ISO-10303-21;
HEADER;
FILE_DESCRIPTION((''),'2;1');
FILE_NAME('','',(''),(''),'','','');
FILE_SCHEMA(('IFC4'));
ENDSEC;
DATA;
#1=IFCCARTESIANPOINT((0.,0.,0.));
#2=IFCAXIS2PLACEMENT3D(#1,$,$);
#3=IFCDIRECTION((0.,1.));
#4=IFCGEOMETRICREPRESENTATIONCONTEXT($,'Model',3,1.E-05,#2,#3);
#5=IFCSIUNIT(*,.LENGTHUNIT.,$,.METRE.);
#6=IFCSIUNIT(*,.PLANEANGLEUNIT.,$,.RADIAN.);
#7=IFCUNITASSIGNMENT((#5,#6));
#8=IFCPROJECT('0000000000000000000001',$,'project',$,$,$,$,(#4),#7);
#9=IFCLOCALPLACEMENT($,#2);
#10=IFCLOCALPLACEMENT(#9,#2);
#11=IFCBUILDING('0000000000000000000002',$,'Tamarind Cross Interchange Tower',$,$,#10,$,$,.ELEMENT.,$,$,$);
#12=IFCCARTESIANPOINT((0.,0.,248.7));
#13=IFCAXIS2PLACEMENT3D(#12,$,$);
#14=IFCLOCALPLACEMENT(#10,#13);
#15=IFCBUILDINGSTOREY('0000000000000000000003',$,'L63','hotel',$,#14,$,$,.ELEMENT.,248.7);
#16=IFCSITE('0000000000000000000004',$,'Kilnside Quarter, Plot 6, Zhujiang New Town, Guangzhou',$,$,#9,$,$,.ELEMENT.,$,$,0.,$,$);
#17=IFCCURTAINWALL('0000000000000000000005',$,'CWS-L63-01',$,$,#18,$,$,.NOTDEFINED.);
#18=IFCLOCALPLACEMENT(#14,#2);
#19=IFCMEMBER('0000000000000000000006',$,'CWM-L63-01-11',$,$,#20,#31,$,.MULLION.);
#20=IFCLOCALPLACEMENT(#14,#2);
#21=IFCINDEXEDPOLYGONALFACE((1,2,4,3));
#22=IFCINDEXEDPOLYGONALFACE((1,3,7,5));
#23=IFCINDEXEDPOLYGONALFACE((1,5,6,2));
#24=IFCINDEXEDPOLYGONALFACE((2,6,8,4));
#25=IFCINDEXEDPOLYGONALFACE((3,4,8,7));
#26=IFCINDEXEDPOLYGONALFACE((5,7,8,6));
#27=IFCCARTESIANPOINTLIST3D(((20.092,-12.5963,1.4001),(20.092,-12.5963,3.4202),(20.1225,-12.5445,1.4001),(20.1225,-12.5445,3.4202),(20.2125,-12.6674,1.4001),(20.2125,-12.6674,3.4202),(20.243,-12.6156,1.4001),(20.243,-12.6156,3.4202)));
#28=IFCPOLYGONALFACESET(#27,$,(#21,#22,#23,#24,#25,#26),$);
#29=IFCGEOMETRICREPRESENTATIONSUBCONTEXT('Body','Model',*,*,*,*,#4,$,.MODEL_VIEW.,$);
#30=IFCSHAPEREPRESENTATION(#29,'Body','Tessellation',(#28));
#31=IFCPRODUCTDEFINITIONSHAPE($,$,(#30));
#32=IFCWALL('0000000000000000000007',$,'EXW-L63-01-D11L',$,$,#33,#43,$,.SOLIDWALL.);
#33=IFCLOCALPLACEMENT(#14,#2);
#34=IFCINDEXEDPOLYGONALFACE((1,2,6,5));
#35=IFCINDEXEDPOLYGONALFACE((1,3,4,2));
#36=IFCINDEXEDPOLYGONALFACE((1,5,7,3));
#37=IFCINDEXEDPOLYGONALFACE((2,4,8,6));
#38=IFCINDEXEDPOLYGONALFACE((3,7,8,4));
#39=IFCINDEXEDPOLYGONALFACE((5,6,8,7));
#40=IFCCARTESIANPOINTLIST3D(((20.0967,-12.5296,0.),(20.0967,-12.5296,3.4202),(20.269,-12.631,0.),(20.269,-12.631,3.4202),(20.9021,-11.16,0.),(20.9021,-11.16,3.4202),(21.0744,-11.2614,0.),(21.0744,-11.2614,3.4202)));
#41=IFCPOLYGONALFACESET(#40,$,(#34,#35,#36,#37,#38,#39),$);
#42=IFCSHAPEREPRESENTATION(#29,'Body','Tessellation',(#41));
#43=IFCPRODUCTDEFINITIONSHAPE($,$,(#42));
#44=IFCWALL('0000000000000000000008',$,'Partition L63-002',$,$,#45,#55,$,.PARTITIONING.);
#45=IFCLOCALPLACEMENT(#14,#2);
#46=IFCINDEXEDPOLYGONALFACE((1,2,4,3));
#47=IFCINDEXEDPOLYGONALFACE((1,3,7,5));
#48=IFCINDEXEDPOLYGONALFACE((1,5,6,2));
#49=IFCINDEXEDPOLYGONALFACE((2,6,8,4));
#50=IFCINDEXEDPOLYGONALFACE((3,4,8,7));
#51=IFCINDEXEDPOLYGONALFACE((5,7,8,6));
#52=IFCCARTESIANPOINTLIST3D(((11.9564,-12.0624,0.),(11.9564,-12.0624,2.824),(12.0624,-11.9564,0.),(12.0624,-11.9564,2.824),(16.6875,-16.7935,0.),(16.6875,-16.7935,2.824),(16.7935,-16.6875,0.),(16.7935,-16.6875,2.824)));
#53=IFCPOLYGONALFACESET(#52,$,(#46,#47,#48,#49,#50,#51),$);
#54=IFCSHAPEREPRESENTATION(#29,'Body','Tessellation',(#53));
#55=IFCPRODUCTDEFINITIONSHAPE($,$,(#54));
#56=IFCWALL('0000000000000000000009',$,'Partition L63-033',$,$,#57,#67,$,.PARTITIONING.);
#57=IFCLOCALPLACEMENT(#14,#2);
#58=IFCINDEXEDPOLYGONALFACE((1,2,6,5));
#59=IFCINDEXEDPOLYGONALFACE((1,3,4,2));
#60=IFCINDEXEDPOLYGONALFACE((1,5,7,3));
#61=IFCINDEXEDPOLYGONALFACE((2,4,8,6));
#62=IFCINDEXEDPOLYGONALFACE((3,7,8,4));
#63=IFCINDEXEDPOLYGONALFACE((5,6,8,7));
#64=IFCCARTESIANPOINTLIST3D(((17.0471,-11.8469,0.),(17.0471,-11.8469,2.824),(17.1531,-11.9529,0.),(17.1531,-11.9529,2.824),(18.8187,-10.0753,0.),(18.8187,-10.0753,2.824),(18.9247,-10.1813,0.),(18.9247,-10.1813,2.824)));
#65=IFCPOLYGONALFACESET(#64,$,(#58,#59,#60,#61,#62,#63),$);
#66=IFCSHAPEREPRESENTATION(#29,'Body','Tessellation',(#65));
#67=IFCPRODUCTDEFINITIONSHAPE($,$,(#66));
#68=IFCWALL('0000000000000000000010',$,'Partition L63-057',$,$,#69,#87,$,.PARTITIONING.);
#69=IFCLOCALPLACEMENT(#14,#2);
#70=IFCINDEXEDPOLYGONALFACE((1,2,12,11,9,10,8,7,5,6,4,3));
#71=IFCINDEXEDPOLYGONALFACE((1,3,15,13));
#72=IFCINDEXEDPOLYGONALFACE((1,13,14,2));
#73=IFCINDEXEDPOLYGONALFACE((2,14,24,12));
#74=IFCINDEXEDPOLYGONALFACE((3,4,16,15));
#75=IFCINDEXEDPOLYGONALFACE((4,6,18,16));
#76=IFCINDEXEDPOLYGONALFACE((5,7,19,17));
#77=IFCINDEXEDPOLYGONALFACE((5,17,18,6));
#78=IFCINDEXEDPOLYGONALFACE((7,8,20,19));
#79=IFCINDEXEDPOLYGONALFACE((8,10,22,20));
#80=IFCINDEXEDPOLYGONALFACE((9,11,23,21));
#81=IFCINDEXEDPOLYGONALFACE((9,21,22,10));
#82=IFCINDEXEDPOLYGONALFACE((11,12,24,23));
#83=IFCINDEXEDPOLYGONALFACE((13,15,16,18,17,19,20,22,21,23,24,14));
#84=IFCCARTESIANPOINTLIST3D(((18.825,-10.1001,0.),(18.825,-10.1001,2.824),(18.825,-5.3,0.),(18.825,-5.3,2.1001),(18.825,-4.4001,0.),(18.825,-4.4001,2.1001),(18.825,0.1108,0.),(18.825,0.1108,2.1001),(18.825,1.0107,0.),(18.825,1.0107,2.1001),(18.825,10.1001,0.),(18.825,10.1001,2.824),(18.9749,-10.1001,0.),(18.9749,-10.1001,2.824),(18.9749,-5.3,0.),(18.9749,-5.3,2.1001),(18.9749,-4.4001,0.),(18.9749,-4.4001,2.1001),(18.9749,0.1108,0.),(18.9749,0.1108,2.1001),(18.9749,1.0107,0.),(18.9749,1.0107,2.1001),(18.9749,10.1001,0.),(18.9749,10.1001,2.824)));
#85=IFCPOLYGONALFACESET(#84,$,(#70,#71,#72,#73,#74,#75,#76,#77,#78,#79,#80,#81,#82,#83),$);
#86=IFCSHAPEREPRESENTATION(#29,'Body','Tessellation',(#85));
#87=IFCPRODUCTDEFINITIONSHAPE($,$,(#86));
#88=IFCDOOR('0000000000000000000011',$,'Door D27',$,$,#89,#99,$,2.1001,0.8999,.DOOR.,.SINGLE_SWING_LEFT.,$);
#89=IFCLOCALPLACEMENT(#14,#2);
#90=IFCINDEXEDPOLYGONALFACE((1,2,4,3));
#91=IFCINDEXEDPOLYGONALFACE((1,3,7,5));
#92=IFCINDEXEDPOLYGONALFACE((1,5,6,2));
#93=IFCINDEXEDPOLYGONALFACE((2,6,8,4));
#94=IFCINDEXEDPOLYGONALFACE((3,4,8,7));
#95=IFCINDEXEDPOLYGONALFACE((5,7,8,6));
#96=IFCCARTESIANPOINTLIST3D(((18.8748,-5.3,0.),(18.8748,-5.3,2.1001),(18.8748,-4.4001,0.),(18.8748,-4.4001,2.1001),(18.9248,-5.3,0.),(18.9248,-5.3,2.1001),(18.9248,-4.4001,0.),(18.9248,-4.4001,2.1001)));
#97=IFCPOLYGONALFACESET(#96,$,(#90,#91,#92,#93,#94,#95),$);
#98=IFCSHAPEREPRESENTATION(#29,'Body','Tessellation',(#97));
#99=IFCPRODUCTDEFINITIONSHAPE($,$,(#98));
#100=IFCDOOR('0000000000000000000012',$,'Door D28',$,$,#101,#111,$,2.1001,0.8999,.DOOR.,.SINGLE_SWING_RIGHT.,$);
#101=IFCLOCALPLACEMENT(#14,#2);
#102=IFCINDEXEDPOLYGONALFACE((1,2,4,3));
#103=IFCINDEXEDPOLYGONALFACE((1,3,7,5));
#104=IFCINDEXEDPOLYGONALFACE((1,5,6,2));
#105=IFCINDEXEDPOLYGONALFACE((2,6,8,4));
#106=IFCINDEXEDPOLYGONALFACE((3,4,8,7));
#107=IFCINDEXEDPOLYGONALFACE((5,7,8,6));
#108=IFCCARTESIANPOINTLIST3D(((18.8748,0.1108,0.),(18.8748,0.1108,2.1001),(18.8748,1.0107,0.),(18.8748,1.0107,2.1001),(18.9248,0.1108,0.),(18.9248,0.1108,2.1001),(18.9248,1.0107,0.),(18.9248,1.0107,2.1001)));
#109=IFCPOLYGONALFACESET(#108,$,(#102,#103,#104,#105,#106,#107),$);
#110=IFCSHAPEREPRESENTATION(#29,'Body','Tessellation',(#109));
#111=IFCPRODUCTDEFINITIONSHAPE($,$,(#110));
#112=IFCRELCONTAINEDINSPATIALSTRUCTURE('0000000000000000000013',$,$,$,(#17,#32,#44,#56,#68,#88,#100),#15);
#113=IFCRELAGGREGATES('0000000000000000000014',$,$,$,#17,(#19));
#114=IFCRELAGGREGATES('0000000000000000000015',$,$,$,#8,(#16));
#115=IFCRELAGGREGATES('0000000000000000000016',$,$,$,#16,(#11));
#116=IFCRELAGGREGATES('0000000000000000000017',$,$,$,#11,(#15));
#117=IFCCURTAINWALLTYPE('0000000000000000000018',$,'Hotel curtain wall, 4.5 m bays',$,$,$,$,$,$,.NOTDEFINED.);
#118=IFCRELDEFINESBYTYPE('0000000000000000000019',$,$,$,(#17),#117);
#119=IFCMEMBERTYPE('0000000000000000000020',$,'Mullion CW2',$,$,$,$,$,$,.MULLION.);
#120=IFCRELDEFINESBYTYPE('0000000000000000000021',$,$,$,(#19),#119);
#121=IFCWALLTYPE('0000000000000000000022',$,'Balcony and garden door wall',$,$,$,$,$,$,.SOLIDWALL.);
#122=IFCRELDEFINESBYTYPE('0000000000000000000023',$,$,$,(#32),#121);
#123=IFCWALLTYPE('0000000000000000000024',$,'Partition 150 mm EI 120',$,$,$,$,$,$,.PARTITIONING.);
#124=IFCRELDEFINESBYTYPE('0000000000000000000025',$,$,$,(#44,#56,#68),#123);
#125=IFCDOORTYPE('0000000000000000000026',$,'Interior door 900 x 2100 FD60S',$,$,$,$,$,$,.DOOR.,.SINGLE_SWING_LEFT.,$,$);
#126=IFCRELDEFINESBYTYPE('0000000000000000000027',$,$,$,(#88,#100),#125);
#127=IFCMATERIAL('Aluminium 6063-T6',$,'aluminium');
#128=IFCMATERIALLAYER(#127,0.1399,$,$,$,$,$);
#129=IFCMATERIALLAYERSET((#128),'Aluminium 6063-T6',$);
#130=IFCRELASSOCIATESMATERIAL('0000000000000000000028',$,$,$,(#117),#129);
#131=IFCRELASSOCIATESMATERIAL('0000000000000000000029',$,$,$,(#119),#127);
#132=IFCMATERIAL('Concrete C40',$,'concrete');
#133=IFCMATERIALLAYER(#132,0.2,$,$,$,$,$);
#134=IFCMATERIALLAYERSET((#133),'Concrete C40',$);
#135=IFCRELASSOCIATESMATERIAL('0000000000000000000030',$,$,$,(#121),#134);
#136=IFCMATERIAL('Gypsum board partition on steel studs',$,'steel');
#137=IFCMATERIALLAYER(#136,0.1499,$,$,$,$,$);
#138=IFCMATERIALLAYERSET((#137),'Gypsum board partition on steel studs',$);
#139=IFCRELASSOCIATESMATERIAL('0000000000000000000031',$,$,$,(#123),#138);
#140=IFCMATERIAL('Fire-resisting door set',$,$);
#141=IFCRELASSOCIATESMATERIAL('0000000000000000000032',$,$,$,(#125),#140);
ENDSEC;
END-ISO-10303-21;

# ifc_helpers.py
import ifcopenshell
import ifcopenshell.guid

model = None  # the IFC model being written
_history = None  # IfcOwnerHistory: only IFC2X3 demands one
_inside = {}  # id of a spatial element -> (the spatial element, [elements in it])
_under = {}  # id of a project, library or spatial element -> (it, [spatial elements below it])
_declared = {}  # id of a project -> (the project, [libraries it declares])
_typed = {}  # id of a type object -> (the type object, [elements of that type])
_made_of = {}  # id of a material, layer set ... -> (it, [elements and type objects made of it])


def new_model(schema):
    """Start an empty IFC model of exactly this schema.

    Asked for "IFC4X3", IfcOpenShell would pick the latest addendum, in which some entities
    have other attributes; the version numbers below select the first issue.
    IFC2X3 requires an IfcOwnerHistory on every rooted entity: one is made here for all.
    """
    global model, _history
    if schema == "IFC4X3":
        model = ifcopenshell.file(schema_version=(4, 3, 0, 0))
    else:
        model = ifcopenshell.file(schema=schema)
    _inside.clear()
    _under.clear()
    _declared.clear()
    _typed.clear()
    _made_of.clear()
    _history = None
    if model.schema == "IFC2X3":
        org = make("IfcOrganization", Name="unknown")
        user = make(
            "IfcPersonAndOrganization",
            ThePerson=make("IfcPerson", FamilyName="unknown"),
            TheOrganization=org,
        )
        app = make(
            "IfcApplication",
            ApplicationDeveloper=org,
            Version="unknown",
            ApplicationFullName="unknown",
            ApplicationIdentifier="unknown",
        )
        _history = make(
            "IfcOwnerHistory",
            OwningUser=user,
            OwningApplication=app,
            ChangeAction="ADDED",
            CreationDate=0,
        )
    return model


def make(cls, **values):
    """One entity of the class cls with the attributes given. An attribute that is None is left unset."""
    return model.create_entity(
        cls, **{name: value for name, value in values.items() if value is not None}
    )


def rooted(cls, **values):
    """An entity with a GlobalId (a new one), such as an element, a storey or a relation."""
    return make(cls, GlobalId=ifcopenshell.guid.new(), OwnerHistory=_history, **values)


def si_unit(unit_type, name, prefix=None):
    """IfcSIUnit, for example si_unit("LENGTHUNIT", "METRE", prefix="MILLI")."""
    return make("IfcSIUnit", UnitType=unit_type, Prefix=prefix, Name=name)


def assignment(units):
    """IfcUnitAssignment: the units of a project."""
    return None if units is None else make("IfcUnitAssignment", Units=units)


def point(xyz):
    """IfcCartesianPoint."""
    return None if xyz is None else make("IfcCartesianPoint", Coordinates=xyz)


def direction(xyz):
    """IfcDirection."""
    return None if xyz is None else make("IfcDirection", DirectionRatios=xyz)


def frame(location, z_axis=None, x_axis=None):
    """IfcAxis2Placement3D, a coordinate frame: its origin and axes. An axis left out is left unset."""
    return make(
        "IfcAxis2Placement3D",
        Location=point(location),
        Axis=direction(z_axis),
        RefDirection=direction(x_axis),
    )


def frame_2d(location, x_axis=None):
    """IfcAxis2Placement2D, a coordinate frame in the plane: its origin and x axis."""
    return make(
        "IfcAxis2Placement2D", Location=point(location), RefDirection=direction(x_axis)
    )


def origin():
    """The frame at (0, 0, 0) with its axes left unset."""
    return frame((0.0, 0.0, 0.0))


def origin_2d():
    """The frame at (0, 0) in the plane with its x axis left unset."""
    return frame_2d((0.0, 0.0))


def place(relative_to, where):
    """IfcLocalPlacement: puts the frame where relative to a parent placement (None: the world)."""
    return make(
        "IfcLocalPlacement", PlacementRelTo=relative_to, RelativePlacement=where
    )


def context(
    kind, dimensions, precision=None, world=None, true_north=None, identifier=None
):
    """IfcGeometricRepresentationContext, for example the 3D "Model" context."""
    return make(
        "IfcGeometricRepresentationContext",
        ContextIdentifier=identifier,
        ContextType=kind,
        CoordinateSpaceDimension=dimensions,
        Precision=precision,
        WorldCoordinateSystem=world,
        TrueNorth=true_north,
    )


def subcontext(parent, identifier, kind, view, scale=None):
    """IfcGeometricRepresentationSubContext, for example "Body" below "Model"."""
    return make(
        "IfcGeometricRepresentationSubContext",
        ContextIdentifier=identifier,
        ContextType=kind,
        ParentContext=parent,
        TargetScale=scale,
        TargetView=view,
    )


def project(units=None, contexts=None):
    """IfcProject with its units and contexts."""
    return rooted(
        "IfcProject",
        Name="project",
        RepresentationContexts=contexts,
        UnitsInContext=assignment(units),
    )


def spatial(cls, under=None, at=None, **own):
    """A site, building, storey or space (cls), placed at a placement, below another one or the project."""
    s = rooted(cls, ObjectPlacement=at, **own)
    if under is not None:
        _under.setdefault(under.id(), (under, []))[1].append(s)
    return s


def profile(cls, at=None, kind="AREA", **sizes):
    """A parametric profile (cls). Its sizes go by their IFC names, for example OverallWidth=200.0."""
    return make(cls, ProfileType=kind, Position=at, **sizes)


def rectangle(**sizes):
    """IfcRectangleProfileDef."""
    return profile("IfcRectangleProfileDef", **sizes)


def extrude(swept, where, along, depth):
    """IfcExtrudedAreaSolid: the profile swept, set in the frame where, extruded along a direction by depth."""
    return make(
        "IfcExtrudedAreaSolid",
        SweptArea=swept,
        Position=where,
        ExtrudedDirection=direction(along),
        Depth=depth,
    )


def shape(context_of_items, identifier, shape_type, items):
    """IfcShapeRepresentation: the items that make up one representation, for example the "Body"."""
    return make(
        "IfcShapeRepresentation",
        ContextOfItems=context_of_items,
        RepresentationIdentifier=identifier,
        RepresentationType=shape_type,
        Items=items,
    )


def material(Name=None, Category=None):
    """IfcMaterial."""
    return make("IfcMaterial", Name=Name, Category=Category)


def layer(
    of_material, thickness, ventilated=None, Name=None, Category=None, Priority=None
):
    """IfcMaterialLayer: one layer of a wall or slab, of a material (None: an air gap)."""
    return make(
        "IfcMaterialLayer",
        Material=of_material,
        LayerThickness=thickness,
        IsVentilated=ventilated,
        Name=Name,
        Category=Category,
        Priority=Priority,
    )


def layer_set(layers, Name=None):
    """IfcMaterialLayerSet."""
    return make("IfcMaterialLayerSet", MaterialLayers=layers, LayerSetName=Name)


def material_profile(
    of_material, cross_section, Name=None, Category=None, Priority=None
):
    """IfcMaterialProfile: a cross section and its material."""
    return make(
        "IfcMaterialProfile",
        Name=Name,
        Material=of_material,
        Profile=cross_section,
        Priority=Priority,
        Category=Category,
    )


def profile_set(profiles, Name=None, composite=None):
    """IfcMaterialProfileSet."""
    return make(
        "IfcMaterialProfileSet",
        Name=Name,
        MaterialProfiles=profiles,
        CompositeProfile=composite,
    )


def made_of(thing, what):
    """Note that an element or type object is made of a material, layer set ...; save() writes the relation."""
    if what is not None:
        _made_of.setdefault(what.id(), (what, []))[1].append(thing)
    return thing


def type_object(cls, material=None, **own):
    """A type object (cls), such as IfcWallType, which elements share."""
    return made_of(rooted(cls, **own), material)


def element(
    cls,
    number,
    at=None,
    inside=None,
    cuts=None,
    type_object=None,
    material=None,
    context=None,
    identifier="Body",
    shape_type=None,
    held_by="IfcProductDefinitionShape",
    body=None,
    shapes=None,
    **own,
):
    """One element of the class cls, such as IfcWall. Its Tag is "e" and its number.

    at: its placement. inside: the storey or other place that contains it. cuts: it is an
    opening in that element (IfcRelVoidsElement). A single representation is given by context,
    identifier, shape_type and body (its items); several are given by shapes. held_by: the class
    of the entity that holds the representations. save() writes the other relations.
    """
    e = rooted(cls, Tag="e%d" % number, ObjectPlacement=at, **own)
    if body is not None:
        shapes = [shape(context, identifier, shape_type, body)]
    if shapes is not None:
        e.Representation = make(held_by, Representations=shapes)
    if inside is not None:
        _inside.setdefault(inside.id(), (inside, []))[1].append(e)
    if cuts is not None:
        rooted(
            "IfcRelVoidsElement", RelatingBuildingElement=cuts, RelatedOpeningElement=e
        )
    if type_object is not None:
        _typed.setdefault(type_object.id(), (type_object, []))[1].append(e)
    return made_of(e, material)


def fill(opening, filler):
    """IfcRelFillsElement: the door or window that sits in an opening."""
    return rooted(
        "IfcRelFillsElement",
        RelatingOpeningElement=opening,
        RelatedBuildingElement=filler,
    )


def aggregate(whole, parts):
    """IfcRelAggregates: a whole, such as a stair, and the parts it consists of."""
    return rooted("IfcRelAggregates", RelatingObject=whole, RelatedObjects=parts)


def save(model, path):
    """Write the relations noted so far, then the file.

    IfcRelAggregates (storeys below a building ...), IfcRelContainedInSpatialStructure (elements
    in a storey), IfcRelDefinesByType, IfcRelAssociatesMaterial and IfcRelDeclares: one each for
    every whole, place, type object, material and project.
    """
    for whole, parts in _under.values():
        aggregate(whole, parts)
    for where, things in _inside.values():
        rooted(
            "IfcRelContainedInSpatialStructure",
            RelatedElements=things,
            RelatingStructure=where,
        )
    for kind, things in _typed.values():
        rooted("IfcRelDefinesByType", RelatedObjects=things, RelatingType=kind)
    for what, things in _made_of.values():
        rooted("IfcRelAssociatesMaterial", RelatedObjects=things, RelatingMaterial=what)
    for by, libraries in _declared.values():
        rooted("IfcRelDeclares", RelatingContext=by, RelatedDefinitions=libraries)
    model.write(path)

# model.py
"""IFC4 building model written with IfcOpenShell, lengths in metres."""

from ifc_helpers import new_model, si_unit, direction, frame, frame_2d, origin, origin_2d, place, context, subcontext, project, spatial, rectangle, extrude, material, layer, layer_set, material_profile, profile_set, type_object, element, fill, aggregate, save


model = new_model("IFC4")

# Units and contexts
model_context = context("Model", 3, precision=1e-05, world=origin(), true_north=direction((0.0, 1.0)))
body_context = subcontext(model_context, "Body", "Model", "MODEL_VIEW")
ifc_project = project(units=[si_unit("LENGTHUNIT", "METRE"), si_unit("PLANEANGLEUNIT", "RADIAN")], contexts=[model_context])

# Site, building, storey
site_placement = place(None, origin())
site = spatial("IfcSite", under=ifc_project, at=site_placement, Name="Kilnside Quarter, Plot 6, Zhujiang New Town, Guangzhou", CompositionType="ELEMENT", RefElevation=0.0)
building_placement = place(site_placement, origin())
building = spatial("IfcBuilding", under=site, at=building_placement, Name="Tamarind Cross Interchange Tower", CompositionType="ELEMENT")
storey_placement = place(building_placement, frame((0.0, 0.0, 248.7)))
storey = spatial("IfcBuildingStorey", under=building, at=storey_placement, Name="L63", Description="hotel", CompositionType="ELEMENT", Elevation=248.7)

# Curtain wall, member
ifc_material_1 = material(Name="Aluminium 6063-T6", Category="aluminium")
ifc_layer_1 = layer(ifc_material_1, 0.1399)
ifc_layer_set_1 = layer_set([ifc_layer_1], Name="Aluminium 6063-T6")
curtain_wall_type = type_object("IfcCurtainWallType", Name="Hotel curtain wall, 4.5 m bays", PredefinedType="NOTDEFINED", material=ifc_layer_set_1)
curtain_wall_placement = place(storey_placement, origin())
curtain_wall = element("IfcCurtainWall", 1, at=curtain_wall_placement, inside=storey, type_object=curtain_wall_type, Name="CWS-L63-01", PredefinedType="NOTDEFINED")
ifc_material_profile_1 = material_profile(ifc_material_1, rectangle(XDim=0.0601, YDim=0.1399, at=origin_2d()), Name="Mullion CW2")
ifc_profile_set_1 = profile_set([ifc_material_profile_1], Name="Aluminium 6063-T6")
member_type = type_object("IfcMemberType", Name="Mullion CW2", PredefinedType="MULLION", material=ifc_profile_set_1)
member_1_placement = place(storey_placement, frame((20.1675, -12.606, 1.4001), z_axis=(0.0, 0.0, 1.0), x_axis=(0.508183, 0.861249, 0.0)))
member_1 = element("IfcMember", 2, at=member_1_placement, type_object=member_type, Name="CWM-L63-01-11", PredefinedType="MULLION", context=body_context, shape_type="SweptSolid", body=[
    extrude(rectangle(XDim=0.0601, YDim=0.1399, at=origin_2d()), origin(), (0.0, 0.0, 1.0), 2.02),
])
aggregate(curtain_wall, [member_1])

# Wall
ifc_material_2 = material(Name="Concrete C40", Category="concrete")
ifc_layer_2 = layer(ifc_material_2, 0.2)
ifc_layer_set_2 = layer_set([ifc_layer_2], Name="Concrete C40")
wall_type_1 = type_object("IfcWallType", Name="Balcony and garden door wall", PredefinedType="SOLIDWALL", material=ifc_layer_set_2)
wall_1_placement = place(storey_placement, frame((20.1829, -12.5803, 0.0), z_axis=(0.0, 0.0, 1.0), x_axis=(0.506906, 0.862001, 0.0)))
element("IfcWall", 3, at=wall_1_placement, inside=storey, type_object=wall_type_1, Name="EXW-L63-01-D11L", PredefinedType="SOLIDWALL", context=body_context, shape_type="SweptSolid", body=[
    extrude(rectangle(XDim=1.5889, YDim=0.2, at=frame_2d((0.7944, 0.0))), origin(), (0.0, 0.0, 1.0), 3.4202),
])

# Walls
ifc_material_3 = material(Name="Gypsum board partition on steel studs", Category="steel")
ifc_layer_3 = layer(ifc_material_3, 0.1499)
ifc_layer_set_3 = layer_set([ifc_layer_3], Name="Gypsum board partition on steel studs")
wall_type_2 = type_object("IfcWallType", Name="Partition 150 mm EI 120", PredefinedType="PARTITIONING", material=ifc_layer_set_3)
wall_2_placement = place(storey_placement, frame((12.0095, -12.0095, 0.0), z_axis=(0.0, 0.0, 1.0), x_axis=(0.707107, -0.707107, 0.0)))
element("IfcWall", 4, at=wall_2_placement, inside=storey, type_object=wall_type_2, Name="Partition L63-002", PredefinedType="PARTITIONING", context=body_context, shape_type="SweptSolid", body=[
    extrude(rectangle(XDim=6.6907, YDim=0.1499, at=frame_2d((3.3452, 0.0))), origin(), (0.0, 0.0, 1.0), 2.824),
])
wall_3_placement = place(storey_placement, frame((17.1001, -11.8999, 0.0), z_axis=(0.0, 0.0, 1.0), x_axis=(0.707107, 0.707107, 0.0)))
element("IfcWall", 5, at=wall_3_placement, inside=storey, type_object=wall_type_2, Name="Partition L63-033", PredefinedType="PARTITIONING", context=body_context, shape_type="SweptSolid", body=[
    extrude(rectangle(XDim=2.5054, YDim=0.1499, at=frame_2d((1.2527, 0.0))), origin(), (0.0, 0.0, 1.0), 2.824),
])

# Wall, openings, doors
wall_4_placement = place(storey_placement, frame((18.8999, -10.1001, 0.0), z_axis=(0.0, 0.0, 1.0), x_axis=(0.0, 1.0, 0.0)))
wall_4 = element("IfcWall", 6, at=wall_4_placement, inside=storey, type_object=wall_type_2, Name="Partition L63-057", PredefinedType="PARTITIONING", context=body_context, shape_type="SweptSolid", body=[
    extrude(rectangle(XDim=20.2002, YDim=0.1499, at=frame_2d((10.1001, 0.0))), origin(), (0.0, 0.0, 1.0), 2.824),
])
opening_1_placement = place(wall_4_placement, frame((4.8, 0.0, 0.0)))
opening_1 = element("IfcOpeningElement", 7, at=opening_1_placement, cuts=wall_4, PredefinedType="OPENING", context=body_context, shape_type="SweptSolid", body=[
    extrude(rectangle(XDim=0.8999, YDim=2.1001, at=frame_2d((0.45, 1.05))), frame((0.0, 0.085, 0.0), z_axis=(0.0, -1.0, 0.0), x_axis=(1.0, 0.0, 0.0)), (0.0, 0.0, 1.0), 0.1699),
])
opening_2_placement = place(wall_4_placement, frame((10.2109, 0.0, 0.0)))
opening_2 = element("IfcOpeningElement", 8, at=opening_2_placement, cuts=wall_4, PredefinedType="OPENING", context=body_context, shape_type="SweptSolid", body=[
    extrude(rectangle(XDim=0.8999, YDim=2.1001, at=frame_2d((0.45, 1.05))), frame((0.0, 0.085, 0.0), z_axis=(0.0, -1.0, 0.0), x_axis=(1.0, 0.0, 0.0)), (0.0, 0.0, 1.0), 0.1699),
])
ifc_material_4 = material(Name="Fire-resisting door set")
door_type_1 = type_object("IfcDoorType", Name="Interior door 900 x 2100 FD60S", OperationType="SINGLE_SWING_LEFT", PredefinedType="DOOR", material=ifc_material_4)
door_1_placement = place(opening_1_placement, frame((0.8999, 0.0, 0.0), z_axis=(0.0, 0.0, 1.0), x_axis=(-1.0, 0.0, 0.0)))
door_1 = element("IfcDoor", 9, at=door_1_placement, inside=storey, type_object=door_type_1, Name="Door D27", OperationType="SINGLE_SWING_LEFT", OverallHeight=2.1001, OverallWidth=0.8999, PredefinedType="DOOR", context=body_context, shape_type="SweptSolid", body=[
    extrude(rectangle(XDim=0.8999, YDim=2.1001, at=frame_2d((0.45, 1.05))), frame((0.0, 0.0249, 0.0), z_axis=(0.0, -1.0, 0.0), x_axis=(1.0, 0.0, 0.0)), (0.0, 0.0, 1.0), 0.05),
])
fill(opening_1, door_1)
door_2_placement = place(opening_2_placement, frame((0.8999, 0.0, 0.0), z_axis=(0.0, 0.0, 1.0), x_axis=(-1.0, 0.0, 0.0)))
door_2 = element("IfcDoor", 10, at=door_2_placement, inside=storey, type_object=door_type_1, Name="Door D28", OperationType="SINGLE_SWING_RIGHT", OverallHeight=2.1001, OverallWidth=0.8999, PredefinedType="DOOR", context=body_context, shape_type="SweptSolid", body=[
    extrude(rectangle(XDim=0.8999, YDim=2.1001, at=frame_2d((0.45, 1.05))), frame((0.0, 0.0249, 0.0), z_axis=(0.0, -1.0, 0.0), x_axis=(1.0, 0.0, 0.0)), (0.0, 0.0, 1.0), 0.05),
])
fill(opening_2, door_2)

save(model, "model.ifc")
